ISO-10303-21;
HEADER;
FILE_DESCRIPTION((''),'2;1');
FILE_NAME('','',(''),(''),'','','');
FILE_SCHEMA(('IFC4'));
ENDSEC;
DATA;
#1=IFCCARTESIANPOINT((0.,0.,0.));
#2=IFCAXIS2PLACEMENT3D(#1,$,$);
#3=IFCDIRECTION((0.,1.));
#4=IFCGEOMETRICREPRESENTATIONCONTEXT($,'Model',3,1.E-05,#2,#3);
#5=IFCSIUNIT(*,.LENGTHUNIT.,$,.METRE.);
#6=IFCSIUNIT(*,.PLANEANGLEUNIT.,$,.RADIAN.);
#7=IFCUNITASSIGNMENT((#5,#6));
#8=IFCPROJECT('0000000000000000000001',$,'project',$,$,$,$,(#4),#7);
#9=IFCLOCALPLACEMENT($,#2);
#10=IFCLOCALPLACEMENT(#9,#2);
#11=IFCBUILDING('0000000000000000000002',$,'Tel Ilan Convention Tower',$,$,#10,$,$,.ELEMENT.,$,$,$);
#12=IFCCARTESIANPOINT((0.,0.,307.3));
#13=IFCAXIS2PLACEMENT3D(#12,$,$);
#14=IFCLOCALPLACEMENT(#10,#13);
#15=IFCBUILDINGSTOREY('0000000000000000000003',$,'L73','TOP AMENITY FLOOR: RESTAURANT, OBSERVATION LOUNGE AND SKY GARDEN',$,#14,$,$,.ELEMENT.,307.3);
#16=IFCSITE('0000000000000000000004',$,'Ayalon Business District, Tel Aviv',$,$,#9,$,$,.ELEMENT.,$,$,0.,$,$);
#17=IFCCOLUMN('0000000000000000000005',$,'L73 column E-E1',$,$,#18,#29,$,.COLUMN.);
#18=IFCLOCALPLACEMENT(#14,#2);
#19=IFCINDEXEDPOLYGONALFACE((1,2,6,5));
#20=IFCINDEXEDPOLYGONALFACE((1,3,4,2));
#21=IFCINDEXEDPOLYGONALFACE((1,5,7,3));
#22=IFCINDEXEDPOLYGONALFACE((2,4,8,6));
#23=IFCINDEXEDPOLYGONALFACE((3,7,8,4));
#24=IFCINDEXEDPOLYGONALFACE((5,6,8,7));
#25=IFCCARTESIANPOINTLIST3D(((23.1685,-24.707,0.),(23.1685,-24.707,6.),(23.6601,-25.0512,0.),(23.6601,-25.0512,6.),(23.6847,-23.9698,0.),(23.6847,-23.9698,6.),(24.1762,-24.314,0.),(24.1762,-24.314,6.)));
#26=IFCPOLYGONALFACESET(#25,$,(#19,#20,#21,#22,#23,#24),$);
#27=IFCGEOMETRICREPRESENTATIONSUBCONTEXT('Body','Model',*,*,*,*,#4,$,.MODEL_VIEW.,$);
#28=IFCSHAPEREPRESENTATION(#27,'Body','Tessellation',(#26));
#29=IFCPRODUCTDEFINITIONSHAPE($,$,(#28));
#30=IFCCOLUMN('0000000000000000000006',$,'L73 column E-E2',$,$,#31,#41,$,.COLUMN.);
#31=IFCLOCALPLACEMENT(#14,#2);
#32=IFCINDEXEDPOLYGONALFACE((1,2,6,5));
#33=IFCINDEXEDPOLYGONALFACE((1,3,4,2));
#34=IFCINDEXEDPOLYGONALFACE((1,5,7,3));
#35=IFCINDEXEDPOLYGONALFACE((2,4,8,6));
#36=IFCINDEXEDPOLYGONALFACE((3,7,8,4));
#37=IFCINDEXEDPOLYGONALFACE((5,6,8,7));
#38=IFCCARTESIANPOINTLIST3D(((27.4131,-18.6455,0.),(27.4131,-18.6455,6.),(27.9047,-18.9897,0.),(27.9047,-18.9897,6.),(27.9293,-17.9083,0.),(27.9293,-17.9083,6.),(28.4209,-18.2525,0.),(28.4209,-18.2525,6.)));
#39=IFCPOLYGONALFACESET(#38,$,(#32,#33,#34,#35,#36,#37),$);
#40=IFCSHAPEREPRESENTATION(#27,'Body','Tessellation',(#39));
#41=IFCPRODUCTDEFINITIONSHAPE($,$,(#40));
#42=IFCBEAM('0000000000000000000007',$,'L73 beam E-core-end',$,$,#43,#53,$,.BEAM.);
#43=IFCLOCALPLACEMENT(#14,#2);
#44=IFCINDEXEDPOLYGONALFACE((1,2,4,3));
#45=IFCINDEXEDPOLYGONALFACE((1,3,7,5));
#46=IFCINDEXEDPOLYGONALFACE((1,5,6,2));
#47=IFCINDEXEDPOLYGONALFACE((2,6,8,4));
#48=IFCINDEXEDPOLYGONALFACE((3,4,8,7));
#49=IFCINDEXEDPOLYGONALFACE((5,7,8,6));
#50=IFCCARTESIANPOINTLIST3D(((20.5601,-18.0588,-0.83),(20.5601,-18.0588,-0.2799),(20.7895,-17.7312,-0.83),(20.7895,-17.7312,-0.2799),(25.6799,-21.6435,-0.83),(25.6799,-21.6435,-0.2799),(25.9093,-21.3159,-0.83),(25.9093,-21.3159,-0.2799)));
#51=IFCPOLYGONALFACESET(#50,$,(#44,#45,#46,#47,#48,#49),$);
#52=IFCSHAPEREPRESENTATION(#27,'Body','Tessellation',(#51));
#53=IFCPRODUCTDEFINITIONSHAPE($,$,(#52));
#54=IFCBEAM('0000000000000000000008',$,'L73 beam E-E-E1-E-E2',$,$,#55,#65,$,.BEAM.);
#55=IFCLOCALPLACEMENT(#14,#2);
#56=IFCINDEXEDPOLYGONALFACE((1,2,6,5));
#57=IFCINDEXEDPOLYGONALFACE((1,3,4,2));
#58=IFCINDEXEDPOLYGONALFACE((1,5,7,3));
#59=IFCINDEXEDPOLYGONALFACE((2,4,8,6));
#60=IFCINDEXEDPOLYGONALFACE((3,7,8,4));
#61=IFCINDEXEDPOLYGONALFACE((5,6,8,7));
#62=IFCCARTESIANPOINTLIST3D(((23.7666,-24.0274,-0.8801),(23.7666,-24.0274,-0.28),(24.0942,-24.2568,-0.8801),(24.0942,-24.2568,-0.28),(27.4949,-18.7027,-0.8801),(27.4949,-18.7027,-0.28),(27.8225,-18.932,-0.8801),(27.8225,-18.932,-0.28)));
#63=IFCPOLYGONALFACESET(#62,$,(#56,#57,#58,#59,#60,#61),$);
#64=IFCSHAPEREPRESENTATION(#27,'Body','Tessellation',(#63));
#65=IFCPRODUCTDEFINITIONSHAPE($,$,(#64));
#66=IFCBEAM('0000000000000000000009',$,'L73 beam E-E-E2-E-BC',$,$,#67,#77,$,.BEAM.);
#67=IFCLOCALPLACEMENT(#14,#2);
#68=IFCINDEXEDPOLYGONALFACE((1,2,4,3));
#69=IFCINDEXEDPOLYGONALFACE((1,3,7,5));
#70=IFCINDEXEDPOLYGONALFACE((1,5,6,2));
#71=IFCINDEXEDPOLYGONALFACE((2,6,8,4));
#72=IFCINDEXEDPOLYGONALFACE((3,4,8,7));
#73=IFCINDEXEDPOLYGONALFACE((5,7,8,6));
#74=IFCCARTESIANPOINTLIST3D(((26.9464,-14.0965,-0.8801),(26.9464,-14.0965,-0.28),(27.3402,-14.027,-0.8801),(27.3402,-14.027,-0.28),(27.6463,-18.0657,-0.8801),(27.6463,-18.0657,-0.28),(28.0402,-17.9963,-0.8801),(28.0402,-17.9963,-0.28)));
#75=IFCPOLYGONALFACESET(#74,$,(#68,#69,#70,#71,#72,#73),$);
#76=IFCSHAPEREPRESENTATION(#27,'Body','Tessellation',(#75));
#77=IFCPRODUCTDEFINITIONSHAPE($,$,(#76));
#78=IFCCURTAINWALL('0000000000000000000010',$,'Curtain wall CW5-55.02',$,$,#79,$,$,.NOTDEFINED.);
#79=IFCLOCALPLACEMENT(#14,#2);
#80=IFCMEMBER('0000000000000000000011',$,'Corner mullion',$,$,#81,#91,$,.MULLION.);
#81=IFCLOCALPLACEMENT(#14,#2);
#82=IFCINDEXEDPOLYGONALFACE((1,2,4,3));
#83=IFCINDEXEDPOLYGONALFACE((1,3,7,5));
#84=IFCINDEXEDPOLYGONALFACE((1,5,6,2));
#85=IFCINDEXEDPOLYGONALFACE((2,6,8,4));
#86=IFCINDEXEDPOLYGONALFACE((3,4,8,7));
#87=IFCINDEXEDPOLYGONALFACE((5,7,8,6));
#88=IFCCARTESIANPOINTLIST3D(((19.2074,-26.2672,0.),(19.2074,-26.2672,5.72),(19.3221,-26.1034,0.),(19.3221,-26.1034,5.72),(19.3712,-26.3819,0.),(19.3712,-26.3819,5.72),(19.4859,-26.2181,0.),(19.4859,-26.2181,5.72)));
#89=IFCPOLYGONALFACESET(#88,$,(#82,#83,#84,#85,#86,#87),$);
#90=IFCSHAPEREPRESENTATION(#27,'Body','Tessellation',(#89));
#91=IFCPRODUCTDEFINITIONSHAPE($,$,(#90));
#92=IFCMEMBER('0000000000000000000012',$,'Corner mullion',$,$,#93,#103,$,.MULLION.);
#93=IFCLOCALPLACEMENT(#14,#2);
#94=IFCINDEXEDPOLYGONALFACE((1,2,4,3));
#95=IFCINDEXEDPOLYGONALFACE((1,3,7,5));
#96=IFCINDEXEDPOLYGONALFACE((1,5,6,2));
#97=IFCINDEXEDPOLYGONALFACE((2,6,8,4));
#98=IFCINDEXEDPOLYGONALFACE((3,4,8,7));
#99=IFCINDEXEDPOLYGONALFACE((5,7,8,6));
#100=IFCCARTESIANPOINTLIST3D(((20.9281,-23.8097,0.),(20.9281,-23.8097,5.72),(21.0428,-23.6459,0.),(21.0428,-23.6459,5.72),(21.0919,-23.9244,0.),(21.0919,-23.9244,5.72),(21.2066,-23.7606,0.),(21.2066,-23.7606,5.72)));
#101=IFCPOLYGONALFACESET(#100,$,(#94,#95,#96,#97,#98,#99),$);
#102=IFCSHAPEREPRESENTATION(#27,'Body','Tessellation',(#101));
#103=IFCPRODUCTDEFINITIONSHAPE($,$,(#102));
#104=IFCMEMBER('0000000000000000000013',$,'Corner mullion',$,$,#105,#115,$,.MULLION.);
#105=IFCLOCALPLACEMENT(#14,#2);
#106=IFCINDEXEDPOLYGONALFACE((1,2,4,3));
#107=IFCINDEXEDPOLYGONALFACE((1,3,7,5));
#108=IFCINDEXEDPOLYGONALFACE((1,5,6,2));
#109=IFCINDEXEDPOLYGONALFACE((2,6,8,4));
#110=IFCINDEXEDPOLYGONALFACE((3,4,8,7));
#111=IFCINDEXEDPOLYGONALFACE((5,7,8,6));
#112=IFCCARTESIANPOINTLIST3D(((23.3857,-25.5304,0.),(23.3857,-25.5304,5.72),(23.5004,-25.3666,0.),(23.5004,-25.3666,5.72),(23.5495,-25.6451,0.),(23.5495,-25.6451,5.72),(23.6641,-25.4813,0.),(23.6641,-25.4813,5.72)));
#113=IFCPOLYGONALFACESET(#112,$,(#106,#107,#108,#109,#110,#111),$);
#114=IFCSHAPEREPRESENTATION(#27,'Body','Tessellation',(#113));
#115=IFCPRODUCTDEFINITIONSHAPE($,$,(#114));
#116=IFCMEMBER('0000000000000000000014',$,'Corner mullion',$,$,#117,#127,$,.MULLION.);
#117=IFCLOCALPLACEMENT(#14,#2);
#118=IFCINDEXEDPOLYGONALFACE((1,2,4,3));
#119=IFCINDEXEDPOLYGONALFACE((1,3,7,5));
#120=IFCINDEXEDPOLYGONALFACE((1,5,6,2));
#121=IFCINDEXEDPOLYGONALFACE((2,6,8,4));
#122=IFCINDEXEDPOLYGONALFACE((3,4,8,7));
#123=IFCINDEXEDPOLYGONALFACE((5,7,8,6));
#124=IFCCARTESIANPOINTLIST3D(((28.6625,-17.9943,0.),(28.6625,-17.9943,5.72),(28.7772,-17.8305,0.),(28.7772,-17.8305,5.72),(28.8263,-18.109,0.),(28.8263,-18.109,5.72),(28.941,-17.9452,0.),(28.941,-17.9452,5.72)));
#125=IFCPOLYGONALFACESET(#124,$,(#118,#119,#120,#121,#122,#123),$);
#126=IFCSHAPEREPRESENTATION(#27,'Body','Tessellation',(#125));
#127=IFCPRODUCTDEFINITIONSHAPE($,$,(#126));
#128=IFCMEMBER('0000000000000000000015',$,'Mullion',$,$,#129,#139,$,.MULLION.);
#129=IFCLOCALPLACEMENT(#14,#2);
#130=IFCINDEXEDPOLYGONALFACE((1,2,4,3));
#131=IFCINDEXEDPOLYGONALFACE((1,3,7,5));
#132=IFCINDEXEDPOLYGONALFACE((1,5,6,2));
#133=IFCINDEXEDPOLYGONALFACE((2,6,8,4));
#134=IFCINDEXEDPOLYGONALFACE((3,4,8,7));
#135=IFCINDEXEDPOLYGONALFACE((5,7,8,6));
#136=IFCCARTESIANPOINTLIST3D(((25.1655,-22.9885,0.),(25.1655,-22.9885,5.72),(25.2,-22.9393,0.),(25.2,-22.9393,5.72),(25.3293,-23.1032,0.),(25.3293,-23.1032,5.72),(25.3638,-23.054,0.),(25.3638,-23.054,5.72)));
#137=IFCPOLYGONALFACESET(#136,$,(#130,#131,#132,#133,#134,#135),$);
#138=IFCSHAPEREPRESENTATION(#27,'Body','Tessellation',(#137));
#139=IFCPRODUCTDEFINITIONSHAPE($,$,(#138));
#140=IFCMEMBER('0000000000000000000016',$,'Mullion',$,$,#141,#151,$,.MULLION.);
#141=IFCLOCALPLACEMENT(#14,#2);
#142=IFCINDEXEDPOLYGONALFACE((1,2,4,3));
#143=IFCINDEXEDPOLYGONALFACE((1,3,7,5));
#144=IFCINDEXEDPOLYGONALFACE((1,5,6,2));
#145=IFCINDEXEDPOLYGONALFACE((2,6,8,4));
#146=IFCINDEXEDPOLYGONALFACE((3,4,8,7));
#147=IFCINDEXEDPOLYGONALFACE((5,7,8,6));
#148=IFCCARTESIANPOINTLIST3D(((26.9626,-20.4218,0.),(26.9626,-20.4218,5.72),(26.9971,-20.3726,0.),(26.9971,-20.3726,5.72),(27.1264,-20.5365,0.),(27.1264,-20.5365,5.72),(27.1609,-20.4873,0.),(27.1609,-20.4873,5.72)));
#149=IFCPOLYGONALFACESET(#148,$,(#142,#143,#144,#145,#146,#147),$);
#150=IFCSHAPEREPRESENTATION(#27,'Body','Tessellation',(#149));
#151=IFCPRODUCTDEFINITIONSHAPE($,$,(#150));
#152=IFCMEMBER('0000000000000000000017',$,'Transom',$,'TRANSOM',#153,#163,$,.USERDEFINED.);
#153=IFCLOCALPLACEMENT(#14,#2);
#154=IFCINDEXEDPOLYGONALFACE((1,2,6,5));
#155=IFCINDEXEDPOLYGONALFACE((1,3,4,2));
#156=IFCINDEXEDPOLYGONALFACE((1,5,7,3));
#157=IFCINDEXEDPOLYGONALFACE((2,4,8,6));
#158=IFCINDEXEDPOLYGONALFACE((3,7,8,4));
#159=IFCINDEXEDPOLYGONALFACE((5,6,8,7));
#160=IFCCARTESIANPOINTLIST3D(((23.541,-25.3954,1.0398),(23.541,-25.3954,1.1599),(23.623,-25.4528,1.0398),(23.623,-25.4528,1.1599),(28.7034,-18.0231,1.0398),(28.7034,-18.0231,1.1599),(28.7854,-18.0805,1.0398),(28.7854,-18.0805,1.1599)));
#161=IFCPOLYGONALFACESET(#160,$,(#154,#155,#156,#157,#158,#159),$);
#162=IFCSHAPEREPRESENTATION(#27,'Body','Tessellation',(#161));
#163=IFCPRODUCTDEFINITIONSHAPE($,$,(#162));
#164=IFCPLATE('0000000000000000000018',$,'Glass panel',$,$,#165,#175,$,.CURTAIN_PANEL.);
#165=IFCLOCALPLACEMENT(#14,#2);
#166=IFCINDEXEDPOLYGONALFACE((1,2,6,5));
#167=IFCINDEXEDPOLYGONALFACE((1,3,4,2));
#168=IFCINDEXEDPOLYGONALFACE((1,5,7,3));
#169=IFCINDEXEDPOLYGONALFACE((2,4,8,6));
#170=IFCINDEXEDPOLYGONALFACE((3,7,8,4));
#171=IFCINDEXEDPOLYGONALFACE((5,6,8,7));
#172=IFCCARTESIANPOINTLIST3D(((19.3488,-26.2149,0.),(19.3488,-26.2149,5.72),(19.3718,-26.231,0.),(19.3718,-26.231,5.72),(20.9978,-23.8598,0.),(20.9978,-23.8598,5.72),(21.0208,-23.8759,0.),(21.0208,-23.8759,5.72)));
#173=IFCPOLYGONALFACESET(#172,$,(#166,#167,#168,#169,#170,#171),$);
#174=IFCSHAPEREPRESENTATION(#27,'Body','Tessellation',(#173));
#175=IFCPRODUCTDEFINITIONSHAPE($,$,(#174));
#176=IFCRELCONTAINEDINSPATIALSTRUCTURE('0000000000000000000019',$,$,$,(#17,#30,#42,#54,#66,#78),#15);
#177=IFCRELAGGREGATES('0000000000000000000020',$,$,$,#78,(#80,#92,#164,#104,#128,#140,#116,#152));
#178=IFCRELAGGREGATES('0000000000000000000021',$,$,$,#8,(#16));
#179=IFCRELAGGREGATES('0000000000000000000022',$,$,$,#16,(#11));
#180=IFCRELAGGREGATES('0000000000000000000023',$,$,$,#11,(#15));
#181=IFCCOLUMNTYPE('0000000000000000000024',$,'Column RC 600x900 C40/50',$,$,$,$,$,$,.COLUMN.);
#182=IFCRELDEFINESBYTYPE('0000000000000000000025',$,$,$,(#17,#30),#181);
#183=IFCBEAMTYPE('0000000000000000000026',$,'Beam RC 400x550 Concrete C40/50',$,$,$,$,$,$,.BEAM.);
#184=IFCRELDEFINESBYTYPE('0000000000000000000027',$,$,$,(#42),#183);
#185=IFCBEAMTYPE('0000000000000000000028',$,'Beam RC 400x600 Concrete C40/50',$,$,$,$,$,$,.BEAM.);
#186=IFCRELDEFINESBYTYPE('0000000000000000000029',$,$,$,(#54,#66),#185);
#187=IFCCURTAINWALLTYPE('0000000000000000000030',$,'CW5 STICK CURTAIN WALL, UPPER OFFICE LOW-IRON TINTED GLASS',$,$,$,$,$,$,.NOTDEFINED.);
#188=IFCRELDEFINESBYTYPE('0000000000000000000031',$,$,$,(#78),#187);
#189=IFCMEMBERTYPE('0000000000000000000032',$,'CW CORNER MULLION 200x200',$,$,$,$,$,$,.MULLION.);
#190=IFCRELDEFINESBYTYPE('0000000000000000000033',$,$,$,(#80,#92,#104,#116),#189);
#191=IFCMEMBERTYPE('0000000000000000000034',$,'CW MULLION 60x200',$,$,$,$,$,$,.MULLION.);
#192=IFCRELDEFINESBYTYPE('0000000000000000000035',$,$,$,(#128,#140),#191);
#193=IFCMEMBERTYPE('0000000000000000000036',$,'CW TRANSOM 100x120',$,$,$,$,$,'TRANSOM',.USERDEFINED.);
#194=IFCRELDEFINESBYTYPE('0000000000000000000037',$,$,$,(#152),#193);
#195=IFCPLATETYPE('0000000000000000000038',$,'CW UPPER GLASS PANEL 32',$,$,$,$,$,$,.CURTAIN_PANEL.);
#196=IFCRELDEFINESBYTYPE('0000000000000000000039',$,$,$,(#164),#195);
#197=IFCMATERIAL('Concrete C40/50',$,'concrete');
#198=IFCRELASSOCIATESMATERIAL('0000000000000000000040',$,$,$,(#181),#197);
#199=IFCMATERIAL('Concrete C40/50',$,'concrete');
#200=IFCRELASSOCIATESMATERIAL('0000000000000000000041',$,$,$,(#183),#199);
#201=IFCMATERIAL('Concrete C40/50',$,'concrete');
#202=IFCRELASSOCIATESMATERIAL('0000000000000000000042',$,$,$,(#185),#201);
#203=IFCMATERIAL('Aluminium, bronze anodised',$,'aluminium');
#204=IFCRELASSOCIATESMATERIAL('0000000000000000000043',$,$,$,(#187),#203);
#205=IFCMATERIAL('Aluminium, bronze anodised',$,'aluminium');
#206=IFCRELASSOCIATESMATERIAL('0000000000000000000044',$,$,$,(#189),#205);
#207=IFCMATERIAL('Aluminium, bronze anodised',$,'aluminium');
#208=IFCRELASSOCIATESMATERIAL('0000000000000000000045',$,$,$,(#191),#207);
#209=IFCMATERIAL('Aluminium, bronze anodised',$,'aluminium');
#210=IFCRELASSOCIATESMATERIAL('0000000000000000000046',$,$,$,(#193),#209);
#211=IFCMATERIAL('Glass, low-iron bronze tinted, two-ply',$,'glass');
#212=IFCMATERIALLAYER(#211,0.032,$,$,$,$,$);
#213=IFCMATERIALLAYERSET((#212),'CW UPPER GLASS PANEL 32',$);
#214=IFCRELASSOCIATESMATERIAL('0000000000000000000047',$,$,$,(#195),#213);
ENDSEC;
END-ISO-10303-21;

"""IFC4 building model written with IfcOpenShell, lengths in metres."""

from ifc_helpers import new_model, si_unit, direction, frame, origin, origin_2d, place, context, subcontext, project, spatial, rectangle, extrude, material, layer, layer_set, material_profile, profile_set, type_object, element, aggregate, save


model = new_model("IFC4")

# Units and contexts
model_context = context("Model", 3, precision=1e-05, world=origin(), true_north=direction((0.0, 1.0)))
body_context = subcontext(model_context, "Body", "Model", "MODEL_VIEW")
ifc_project = project(units=[si_unit("LENGTHUNIT", "METRE"), si_unit("PLANEANGLEUNIT", "RADIAN")], contexts=[model_context])

# Site, building, storey
site_placement = place(None, origin())
site = spatial("IfcSite", under=ifc_project, at=site_placement, Name="Ayalon Business District, Tel Aviv", CompositionType="ELEMENT", RefElevation=0.0)
building_placement = place(site_placement, origin())
building = spatial("IfcBuilding", under=site, at=building_placement, Name="Tel Ilan Convention Tower", CompositionType="ELEMENT")
storey_placement = place(building_placement, frame((0.0, 0.0, 307.3)))
storey = spatial("IfcBuildingStorey", under=building, at=storey_placement, Name="L73", Description="TOP AMENITY FLOOR: RESTAURANT, OBSERVATION LOUNGE AND SKY GARDEN", CompositionType="ELEMENT", Elevation=307.3)

# Columns
ifc_material_1 = material(Name="Concrete C40/50", Category="concrete")
ifc_material_profile_1 = material_profile(ifc_material_1, rectangle(XDim=0.8999, YDim=0.6001, at=origin_2d()), Name="RC 600x900")
ifc_profile_set_1 = profile_set([ifc_material_profile_1], Name="Concrete C40/50")
column_type = type_object("IfcColumnType", Name="Column RC 600x900 C40/50", PredefinedType="COLUMN", material=ifc_profile_set_1)
for number, where, z_axis, x_axis, name in (
    (1, (23.6724, -24.5105, 0.0), (0.0, 0.0, 1.0), (0.573576, 0.819152, 0.0), "L73 column E-E1"),
    (2, (27.917, -18.449, 0.0), (0.0, 0.0, 1.0), (0.573576, 0.819152, 0.0), "L73 column E-E2"),
):
    element("IfcColumn", number, at=place(storey_placement, frame(where, z_axis=z_axis, x_axis=x_axis)), inside=storey, type_object=column_type, Name=name, PredefinedType="COLUMN", context=body_context, shape_type="SweptSolid", body=[
        extrude(rectangle(XDim=0.8999, YDim=0.6001, at=origin_2d()), origin(), (0.0, 0.0, 1.0), 6.0),
    ])

# Beams
ifc_material_2 = material(Name="Concrete C40/50", Category="concrete")
ifc_material_profile_2 = material_profile(ifc_material_2, rectangle(XDim=0.3999, YDim=0.55, at=origin_2d()), Name="RC 400x550")
ifc_profile_set_2 = profile_set([ifc_material_profile_2], Name="Concrete C40/50")
beam_type_1 = type_object("IfcBeamType", Name="Beam RC 400x550 Concrete C40/50", PredefinedType="BEAM", material=ifc_profile_set_2)
beam_1_placement = place(storey_placement, frame((20.6748, -17.895, -0.5549), z_axis=(0.819171, -0.573549, 0.0), x_axis=(0.573549, 0.819171, 0.0)))
element("IfcBeam", 3, at=beam_1_placement, inside=storey, type_object=beam_type_1, Name="L73 beam E-core-end", PredefinedType="BEAM", context=body_context, shape_type="SweptSolid", body=[
    extrude(rectangle(XDim=0.3999, YDim=0.55, at=origin_2d()), origin(), (0.0, 0.0, 1.0), 6.25),
])
ifc_material_3 = material(Name="Concrete C40/50", Category="concrete")
ifc_material_profile_3 = material_profile(ifc_material_3, rectangle(XDim=0.3999, YDim=0.6001, at=origin_2d()), Name="RC 400x600")
ifc_profile_set_3 = profile_set([ifc_material_profile_3], Name="Concrete C40/50")
beam_type_2 = type_object("IfcBeamType", Name="Beam RC 400x600 Concrete C40/50", PredefinedType="BEAM", material=ifc_profile_set_3)
beam_2_placement = place(storey_placement, frame((23.9304, -24.1421, -0.5801), z_axis=(0.573563, 0.819161, 0.0), x_axis=(-0.819161, 0.573563, 0.0)))
element("IfcBeam", 4, at=beam_2_placement, inside=storey, type_object=beam_type_2, Name="L73 beam E-E-E1-E-E2", PredefinedType="BEAM", context=body_context, shape_type="SweptSolid", body=[
    extrude(rectangle(XDim=0.3999, YDim=0.6001, at=origin_2d()), origin(), (0.0, 0.0, 1.0), 6.5002),
])
beam_3_placement = place(storey_placement, frame((27.8433, -18.031, -0.5801), z_axis=(-0.173664, 0.984805, 0.0), x_axis=(-0.984805, -0.173664, 0.0)))
element("IfcBeam", 5, at=beam_3_placement, inside=storey, type_object=beam_type_2, Name="L73 beam E-E-E2-E-BC", PredefinedType="BEAM", context=body_context, shape_type="SweptSolid", body=[
    extrude(rectangle(XDim=0.3999, YDim=0.6001, at=origin_2d()), origin(), (0.0, 0.0, 1.0), 4.0305),
])

# Curtain wall, members, plate
ifc_material_4 = material(Name="Aluminium, bronze anodised", Category="aluminium")
curtain_wall_type = type_object("IfcCurtainWallType", Name="CW5 STICK CURTAIN WALL, UPPER OFFICE LOW-IRON TINTED GLASS", PredefinedType="NOTDEFINED", material=ifc_material_4)
curtain_wall_placement = place(storey_placement, origin())
curtain_wall = element("IfcCurtainWall", 6, at=curtain_wall_placement, inside=storey, type_object=curtain_wall_type, Name="Curtain wall CW5-55.02", PredefinedType="NOTDEFINED")
ifc_material_5 = material(Name="Aluminium, bronze anodised", Category="aluminium")
ifc_material_profile_4 = material_profile(ifc_material_5, rectangle(XDim=0.2, YDim=0.2, at=origin_2d()), Name="CW CORNER MULLION 200x200")
ifc_profile_set_4 = profile_set([ifc_material_profile_4], Name="Aluminium, bronze anodised")
member_type_1 = type_object("IfcMemberType", Name="CW CORNER MULLION 200x200", PredefinedType="MULLION", material=ifc_profile_set_4)
member_1_placement = place(storey_placement, frame((19.3467, -26.2427, 0.0), z_axis=(0.0, 0.0, 1.0), x_axis=(0.819152, -0.573576, 0.0)))
member_1 = element("IfcMember", 7, at=member_1_placement, type_object=member_type_1, Name="Corner mullion", PredefinedType="MULLION", context=body_context, shape_type="SweptSolid", body=[
    extrude(rectangle(XDim=0.2, YDim=0.2, at=origin_2d()), origin(), (0.0, 0.0, 1.0), 5.72),
])
member_2_placement = place(storey_placement, frame((21.0674, -23.7852, 0.0), z_axis=(0.0, 0.0, 1.0), x_axis=(0.573576, 0.819152, 0.0)))
member_2 = element("IfcMember", 8, at=member_2_placement, type_object=member_type_1, Name="Corner mullion", PredefinedType="MULLION", context=body_context, shape_type="SweptSolid", body=[
    extrude(rectangle(XDim=0.2, YDim=0.2, at=origin_2d()), origin(), (0.0, 0.0, 1.0), 5.72),
])
member_3_placement = place(storey_placement, frame((23.5249, -25.5059, 0.0), z_axis=(0.0, 0.0, 1.0), x_axis=(0.819152, -0.573576, 0.0)))
member_3 = element("IfcMember", 9, at=member_3_placement, type_object=member_type_1, Name="Corner mullion", PredefinedType="MULLION", context=body_context, shape_type="SweptSolid", body=[
    extrude(rectangle(XDim=0.2, YDim=0.2, at=origin_2d()), origin(), (0.0, 0.0, 1.0), 5.72),
])
member_4_placement = place(storey_placement, frame((28.8018, -17.9697, 0.0), z_axis=(0.0, 0.0, 1.0), x_axis=(0.573576, 0.819152, 0.0)))
member_4 = element("IfcMember", 10, at=member_4_placement, type_object=member_type_1, Name="Corner mullion", PredefinedType="MULLION", context=body_context, shape_type="SweptSolid", body=[
    extrude(rectangle(XDim=0.2, YDim=0.2, at=origin_2d()), origin(), (0.0, 0.0, 1.0), 5.72),
])
ifc_material_6 = material(Name="Aluminium, bronze anodised", Category="aluminium")
ifc_material_profile_5 = material_profile(ifc_material_6, rectangle(XDim=0.0601, YDim=0.2, at=origin_2d()), Name="CW MULLION 60x200")
ifc_profile_set_5 = profile_set([ifc_material_profile_5], Name="Aluminium, bronze anodised")
member_type_2 = type_object("IfcMemberType", Name="CW MULLION 60x200", PredefinedType="MULLION", material=ifc_profile_set_5)
member_5_placement = place(storey_placement, frame((25.2646, -23.0212, 0.0), z_axis=(0.0, 0.0, 1.0), x_axis=(0.573576, 0.819152, 0.0)))
member_5 = element("IfcMember", 11, at=member_5_placement, type_object=member_type_2, Name="Mullion", PredefinedType="MULLION", context=body_context, shape_type="SweptSolid", body=[
    extrude(rectangle(XDim=0.0601, YDim=0.2, at=origin_2d()), origin(), (0.0, 0.0, 1.0), 5.72),
])
member_6_placement = place(storey_placement, frame((27.0618, -20.4546, 0.0), z_axis=(0.0, 0.0, 1.0), x_axis=(0.573576, 0.819152, 0.0)))
member_6 = element("IfcMember", 12, at=member_6_placement, type_object=member_type_2, Name="Mullion", PredefinedType="MULLION", context=body_context, shape_type="SweptSolid", body=[
    extrude(rectangle(XDim=0.0601, YDim=0.2, at=origin_2d()), origin(), (0.0, 0.0, 1.0), 5.72),
])
ifc_material_7 = material(Name="Aluminium, bronze anodised", Category="aluminium")
ifc_material_profile_6 = material_profile(ifc_material_7, rectangle(XDim=0.1001, YDim=0.1201, at=origin_2d()), Name="CW TRANSOM 100x120")
ifc_profile_set_6 = profile_set([ifc_material_profile_6], Name="Aluminium, bronze anodised")
member_type_3 = type_object("IfcMemberType", Name="CW TRANSOM 100x120", ElementType="TRANSOM", PredefinedType="USERDEFINED", material=ifc_profile_set_6)
member_7_placement = place(storey_placement, frame((23.582, -25.4241, 1.0999), z_axis=(0.573592, 0.819141, 0.0), x_axis=(-0.819141, 0.573592, 0.0)))
member_7 = element("IfcMember", 13, at=member_7_placement, type_object=member_type_3, Name="Transom", ObjectType="TRANSOM", PredefinedType="USERDEFINED", context=body_context, shape_type="SweptSolid", body=[
    extrude(rectangle(XDim=0.1001, YDim=0.1201, at=origin_2d()), origin(), (0.0, 0.0, 1.0), 9.0),
])
ifc_material_8 = material(Name="Glass, low-iron bronze tinted, two-ply", Category="glass")
ifc_layer_1 = layer(ifc_material_8, 0.032)
ifc_layer_set_1 = layer_set([ifc_layer_1], Name="CW UPPER GLASS PANEL 32")
plate_type = type_object("IfcPlateType", Name="CW UPPER GLASS PANEL 32", PredefinedType="CURTAIN_PANEL", material=ifc_layer_set_1)
plate_1_placement = place(storey_placement, frame((20.1848, -25.0454, 0.0), z_axis=(0.0, 0.0, 1.0), x_axis=(0.573576, 0.819152, 0.0)))
plate_1 = element("IfcPlate", 14, at=plate_1_placement, type_object=plate_type, Name="Glass panel", PredefinedType="CURTAIN_PANEL", context=body_context, shape_type="SweptSolid", body=[
    extrude(rectangle(XDim=2.875, YDim=0.0281, at=origin_2d()), origin(), (0.0, 0.0, 1.0), 5.72),
])
aggregate(curtain_wall, [member_1, member_2, plate_1, member_3, member_5, member_6, member_4, member_7])

save(model, "model.ifc")
